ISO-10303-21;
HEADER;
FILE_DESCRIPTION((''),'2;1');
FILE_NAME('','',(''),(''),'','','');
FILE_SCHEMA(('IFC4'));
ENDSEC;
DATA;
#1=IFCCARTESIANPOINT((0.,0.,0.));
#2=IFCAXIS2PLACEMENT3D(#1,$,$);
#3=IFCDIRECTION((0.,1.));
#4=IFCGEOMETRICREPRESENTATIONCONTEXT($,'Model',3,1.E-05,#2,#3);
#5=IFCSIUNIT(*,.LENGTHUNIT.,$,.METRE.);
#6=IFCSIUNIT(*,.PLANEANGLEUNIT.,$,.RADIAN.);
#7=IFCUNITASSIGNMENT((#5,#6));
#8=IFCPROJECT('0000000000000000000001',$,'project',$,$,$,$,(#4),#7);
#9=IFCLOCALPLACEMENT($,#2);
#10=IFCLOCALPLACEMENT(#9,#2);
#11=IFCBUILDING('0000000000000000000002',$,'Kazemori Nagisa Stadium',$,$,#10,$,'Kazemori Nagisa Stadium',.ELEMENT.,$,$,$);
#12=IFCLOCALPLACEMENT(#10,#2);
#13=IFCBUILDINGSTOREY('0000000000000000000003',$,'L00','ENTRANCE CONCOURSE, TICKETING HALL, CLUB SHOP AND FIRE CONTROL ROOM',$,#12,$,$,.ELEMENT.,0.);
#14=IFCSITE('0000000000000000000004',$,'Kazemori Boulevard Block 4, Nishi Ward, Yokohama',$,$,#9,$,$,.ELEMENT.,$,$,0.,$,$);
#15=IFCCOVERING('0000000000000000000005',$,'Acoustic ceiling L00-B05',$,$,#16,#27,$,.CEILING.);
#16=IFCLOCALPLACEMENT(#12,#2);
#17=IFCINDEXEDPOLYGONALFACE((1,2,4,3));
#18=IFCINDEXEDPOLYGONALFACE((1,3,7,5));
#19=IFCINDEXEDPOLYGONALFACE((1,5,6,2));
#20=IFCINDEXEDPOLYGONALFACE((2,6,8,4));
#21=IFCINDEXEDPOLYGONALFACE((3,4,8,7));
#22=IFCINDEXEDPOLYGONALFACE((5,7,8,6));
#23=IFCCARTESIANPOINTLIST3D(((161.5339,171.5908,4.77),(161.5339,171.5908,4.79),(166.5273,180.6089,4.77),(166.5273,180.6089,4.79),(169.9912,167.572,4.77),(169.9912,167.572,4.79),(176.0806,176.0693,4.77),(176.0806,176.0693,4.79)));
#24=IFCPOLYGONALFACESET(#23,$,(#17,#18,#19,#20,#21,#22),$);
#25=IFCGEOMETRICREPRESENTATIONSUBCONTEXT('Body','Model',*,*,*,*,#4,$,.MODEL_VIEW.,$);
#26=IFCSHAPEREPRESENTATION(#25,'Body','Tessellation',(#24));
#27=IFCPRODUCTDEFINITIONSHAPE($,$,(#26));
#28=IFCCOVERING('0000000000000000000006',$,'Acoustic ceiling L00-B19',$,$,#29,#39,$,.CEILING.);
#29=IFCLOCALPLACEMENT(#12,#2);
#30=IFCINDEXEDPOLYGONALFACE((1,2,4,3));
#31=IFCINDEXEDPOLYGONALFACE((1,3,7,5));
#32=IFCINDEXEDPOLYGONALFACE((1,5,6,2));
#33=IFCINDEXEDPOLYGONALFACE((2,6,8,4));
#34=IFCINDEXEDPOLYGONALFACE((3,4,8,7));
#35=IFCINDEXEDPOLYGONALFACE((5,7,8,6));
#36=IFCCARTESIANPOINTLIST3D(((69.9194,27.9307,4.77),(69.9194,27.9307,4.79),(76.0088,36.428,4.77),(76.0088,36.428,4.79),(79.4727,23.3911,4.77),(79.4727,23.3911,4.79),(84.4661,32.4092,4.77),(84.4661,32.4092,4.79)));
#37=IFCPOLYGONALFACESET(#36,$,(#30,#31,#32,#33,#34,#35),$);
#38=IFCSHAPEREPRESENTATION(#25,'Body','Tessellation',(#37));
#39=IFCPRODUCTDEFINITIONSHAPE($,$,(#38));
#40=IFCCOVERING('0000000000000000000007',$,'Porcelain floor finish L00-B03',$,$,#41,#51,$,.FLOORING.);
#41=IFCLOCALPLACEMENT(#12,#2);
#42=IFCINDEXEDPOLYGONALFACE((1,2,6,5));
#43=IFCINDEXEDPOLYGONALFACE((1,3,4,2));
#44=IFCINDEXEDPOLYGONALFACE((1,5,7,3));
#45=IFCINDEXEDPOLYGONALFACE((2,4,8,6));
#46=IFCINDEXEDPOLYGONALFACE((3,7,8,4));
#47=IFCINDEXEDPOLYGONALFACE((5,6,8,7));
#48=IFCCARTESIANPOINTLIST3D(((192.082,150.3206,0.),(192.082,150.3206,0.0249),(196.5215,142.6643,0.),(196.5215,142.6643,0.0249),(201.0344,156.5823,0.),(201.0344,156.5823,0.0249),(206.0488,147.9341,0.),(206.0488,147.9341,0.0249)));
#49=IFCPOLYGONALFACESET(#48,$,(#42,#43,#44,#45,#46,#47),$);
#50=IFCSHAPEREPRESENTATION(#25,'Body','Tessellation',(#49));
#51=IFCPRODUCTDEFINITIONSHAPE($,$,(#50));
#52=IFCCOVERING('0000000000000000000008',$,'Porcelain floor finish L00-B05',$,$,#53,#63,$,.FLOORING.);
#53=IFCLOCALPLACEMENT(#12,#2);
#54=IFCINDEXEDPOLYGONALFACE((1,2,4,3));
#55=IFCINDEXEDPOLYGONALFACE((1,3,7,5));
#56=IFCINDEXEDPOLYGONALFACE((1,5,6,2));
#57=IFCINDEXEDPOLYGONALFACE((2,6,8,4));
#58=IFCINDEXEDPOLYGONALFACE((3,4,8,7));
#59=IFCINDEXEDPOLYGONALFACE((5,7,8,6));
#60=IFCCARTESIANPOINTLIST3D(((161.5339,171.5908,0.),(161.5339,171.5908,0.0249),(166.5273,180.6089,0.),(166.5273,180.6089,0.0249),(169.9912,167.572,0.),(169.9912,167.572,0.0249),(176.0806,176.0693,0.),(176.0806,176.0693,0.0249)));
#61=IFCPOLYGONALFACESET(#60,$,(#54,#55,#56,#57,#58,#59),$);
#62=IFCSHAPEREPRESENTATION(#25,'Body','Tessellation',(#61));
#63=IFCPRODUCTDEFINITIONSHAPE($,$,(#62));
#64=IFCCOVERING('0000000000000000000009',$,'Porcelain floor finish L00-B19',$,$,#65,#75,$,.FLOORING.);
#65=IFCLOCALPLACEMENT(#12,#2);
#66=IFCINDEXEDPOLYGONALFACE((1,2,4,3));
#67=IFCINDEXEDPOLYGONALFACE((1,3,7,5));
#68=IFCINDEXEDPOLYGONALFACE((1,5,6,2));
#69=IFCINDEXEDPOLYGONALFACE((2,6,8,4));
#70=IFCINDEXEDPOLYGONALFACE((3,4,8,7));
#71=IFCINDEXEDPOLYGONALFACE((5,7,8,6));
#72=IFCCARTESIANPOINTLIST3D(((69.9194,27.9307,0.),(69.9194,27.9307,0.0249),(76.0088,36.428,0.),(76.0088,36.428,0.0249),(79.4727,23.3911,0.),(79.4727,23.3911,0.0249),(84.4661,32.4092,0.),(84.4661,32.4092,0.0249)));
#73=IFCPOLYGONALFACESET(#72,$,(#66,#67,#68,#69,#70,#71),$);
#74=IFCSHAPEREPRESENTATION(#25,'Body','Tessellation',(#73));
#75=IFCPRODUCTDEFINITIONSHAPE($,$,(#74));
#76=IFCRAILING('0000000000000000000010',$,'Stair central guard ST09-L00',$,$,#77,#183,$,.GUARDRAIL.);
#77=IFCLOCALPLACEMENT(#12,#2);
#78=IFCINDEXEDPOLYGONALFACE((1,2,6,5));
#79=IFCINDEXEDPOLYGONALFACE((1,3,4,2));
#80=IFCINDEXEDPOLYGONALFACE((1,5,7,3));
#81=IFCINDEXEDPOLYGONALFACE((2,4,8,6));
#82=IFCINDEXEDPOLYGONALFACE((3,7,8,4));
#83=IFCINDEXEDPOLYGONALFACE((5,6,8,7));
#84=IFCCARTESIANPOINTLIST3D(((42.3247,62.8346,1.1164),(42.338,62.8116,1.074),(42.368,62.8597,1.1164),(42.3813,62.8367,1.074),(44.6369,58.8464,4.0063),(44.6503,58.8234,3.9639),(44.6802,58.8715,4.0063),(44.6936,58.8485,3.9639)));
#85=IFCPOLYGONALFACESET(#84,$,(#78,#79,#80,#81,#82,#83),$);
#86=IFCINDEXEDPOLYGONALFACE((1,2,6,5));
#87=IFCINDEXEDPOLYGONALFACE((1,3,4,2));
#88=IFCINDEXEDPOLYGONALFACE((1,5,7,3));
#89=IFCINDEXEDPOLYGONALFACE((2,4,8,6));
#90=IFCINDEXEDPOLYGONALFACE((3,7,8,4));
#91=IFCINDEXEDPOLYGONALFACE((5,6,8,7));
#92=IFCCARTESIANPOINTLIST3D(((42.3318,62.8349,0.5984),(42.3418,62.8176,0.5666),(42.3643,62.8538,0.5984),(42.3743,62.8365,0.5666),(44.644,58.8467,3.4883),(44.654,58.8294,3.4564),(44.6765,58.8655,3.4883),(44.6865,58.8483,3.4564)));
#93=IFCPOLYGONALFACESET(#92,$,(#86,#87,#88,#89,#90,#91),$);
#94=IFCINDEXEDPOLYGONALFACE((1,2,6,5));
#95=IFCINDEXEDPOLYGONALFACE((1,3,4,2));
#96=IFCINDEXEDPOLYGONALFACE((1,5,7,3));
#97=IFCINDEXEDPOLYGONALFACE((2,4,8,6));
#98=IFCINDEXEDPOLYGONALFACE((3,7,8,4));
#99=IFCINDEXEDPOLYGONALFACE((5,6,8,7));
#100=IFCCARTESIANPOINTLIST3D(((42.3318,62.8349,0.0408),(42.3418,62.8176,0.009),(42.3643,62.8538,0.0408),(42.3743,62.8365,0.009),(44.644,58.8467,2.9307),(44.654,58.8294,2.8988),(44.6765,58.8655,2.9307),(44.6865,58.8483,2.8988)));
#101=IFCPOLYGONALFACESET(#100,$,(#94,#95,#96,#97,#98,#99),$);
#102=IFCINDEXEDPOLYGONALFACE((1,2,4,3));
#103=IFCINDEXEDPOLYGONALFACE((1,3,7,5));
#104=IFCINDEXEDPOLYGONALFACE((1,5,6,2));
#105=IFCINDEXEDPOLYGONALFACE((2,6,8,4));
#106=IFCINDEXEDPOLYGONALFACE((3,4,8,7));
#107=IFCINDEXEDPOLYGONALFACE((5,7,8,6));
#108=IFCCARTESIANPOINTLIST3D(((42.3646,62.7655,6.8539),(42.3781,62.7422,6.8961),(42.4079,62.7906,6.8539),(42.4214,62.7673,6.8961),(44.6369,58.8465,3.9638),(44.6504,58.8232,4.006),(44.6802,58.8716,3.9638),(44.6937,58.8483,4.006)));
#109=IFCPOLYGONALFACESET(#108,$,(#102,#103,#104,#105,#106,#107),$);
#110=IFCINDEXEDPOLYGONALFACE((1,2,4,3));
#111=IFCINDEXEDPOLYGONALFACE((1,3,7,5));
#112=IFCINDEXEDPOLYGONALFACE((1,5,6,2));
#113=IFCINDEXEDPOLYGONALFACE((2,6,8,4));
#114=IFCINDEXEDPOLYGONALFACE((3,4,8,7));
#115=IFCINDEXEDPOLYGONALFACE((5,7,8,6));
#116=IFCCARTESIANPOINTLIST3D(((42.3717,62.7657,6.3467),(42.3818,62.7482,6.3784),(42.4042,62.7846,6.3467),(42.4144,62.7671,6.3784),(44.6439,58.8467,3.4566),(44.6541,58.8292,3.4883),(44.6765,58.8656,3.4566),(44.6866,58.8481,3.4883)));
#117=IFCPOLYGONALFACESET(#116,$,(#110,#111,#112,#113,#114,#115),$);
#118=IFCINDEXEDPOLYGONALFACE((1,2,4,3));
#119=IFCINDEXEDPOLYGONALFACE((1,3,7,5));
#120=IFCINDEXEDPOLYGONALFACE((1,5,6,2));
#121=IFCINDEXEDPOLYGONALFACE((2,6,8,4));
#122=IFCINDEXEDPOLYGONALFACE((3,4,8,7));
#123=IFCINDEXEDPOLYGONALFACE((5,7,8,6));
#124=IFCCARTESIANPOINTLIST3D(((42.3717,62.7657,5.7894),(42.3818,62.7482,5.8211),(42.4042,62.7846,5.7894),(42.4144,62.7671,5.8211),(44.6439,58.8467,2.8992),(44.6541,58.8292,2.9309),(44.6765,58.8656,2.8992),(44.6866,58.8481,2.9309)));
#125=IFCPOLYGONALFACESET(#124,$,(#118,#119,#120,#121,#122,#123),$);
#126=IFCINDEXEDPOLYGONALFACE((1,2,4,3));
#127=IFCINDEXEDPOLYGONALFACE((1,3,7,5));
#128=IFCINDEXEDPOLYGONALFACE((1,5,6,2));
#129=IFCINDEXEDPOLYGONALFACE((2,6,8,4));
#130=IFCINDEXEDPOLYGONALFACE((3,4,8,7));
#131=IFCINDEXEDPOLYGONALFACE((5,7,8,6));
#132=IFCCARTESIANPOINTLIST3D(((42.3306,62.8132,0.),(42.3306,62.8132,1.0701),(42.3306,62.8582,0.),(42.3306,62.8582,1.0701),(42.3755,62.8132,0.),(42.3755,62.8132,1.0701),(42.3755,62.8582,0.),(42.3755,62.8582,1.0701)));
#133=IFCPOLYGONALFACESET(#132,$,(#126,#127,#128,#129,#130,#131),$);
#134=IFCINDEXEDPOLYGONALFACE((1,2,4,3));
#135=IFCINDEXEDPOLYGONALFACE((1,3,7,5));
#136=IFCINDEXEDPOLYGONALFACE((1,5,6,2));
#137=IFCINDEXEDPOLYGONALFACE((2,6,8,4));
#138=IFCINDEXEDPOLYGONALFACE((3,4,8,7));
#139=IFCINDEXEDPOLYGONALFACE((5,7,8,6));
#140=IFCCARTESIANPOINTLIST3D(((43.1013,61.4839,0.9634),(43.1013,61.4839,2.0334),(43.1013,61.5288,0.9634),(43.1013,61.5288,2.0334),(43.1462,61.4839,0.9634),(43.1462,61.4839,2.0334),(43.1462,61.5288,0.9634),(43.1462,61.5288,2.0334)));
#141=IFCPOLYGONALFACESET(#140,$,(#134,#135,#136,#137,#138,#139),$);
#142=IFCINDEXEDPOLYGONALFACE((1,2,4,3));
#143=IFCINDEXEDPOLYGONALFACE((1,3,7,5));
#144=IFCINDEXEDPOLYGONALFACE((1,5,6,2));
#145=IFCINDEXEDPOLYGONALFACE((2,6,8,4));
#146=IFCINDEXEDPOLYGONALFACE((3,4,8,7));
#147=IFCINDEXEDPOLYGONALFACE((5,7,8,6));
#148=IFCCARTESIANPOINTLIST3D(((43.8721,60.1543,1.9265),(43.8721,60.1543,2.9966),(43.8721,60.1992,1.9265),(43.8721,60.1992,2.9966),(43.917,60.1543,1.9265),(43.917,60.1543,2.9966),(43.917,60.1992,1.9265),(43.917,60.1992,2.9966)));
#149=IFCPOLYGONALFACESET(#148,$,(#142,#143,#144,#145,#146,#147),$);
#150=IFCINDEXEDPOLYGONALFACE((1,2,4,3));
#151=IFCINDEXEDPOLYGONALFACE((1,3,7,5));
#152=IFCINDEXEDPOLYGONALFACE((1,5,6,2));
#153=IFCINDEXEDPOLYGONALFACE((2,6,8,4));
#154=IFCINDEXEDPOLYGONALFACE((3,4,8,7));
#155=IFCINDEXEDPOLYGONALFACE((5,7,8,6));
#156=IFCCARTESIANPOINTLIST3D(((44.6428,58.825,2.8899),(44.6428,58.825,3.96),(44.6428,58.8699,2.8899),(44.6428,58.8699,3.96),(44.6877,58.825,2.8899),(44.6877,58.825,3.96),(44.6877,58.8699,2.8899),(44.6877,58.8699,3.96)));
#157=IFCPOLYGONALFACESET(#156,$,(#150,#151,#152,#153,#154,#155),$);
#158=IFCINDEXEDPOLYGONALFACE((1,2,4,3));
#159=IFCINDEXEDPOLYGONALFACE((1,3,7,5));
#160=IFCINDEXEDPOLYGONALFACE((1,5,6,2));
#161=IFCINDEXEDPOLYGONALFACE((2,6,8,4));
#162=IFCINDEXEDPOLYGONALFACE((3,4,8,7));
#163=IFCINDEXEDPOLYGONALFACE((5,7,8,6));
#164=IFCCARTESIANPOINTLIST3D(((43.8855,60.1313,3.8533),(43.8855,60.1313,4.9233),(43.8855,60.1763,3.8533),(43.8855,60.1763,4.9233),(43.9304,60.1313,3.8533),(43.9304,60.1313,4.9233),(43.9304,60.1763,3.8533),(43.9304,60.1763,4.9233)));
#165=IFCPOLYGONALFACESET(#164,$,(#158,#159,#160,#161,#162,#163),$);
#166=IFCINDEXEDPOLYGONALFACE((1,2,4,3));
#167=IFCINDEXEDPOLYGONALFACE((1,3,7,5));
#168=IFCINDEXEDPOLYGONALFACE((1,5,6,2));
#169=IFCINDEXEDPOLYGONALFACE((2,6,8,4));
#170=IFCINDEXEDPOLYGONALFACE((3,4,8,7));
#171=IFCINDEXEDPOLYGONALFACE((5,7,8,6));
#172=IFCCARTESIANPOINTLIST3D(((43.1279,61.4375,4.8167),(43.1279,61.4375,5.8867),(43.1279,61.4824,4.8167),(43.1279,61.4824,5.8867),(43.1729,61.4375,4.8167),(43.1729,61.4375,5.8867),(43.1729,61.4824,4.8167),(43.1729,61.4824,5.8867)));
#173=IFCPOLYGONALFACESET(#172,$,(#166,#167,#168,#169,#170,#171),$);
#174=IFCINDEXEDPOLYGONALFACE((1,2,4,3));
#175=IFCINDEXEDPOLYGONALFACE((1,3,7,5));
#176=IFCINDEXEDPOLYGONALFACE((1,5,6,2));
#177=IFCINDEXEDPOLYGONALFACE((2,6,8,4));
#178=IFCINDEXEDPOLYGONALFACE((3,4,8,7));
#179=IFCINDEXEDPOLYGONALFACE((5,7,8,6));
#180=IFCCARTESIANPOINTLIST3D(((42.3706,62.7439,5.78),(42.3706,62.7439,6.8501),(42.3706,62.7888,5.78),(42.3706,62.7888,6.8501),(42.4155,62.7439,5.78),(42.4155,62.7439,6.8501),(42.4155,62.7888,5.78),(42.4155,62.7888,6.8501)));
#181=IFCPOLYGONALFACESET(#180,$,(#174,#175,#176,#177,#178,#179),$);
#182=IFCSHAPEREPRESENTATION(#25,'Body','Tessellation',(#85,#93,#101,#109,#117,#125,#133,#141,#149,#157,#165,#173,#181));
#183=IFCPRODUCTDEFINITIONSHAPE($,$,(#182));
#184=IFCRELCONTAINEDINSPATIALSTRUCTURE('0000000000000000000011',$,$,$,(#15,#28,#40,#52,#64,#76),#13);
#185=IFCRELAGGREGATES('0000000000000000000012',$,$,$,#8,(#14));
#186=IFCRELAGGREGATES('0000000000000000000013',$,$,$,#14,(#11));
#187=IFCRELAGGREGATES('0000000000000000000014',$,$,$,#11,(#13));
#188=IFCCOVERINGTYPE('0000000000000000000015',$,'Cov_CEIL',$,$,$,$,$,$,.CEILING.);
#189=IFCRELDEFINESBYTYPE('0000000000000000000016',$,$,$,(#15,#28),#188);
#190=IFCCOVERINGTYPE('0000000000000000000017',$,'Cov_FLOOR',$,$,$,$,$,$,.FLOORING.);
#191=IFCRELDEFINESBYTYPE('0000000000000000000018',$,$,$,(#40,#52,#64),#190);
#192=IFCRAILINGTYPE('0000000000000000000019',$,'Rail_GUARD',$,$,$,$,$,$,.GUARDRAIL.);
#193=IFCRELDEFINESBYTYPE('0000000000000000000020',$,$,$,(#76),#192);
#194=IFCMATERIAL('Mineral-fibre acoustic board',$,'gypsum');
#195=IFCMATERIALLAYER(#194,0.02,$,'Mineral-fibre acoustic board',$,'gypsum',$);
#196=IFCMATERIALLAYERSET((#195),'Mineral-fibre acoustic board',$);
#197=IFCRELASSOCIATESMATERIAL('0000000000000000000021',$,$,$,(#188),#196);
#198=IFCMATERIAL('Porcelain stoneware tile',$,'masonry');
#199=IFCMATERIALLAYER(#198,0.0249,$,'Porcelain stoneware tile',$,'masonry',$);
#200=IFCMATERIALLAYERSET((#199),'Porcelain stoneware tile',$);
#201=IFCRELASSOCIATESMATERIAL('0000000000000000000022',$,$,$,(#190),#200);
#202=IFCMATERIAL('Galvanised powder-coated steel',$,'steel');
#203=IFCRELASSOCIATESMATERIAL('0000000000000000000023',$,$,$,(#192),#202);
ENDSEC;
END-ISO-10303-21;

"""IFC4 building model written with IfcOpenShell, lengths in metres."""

from ifc_helpers import new_model, si_unit, direction, frame, origin, origin_2d, place, context, subcontext, project, spatial, polyline, rectangle, outline, extrude, material, layer, layer_set, type_object, element, save


model = new_model("IFC4")

# Units and contexts
model_context = context("Model", 3, precision=1e-05, world=origin(), true_north=direction((0.0, 1.0)))
body_context = subcontext(model_context, "Body", "Model", "MODEL_VIEW")
ifc_project = project(units=[si_unit("LENGTHUNIT", "METRE"), si_unit("PLANEANGLEUNIT", "RADIAN")], contexts=[model_context])

# Site, building, storey
site_placement = place(None, origin())
site = spatial("IfcSite", under=ifc_project, at=site_placement, Name="Kazemori Boulevard Block 4, Nishi Ward, Yokohama", CompositionType="ELEMENT", RefElevation=0.0)
building_placement = place(site_placement, origin())
building = spatial("IfcBuilding", under=site, at=building_placement, Name="Kazemori Nagisa Stadium", LongName="Kazemori Nagisa Stadium", CompositionType="ELEMENT")
storey_placement = place(building_placement, origin())
storey = spatial("IfcBuildingStorey", under=building, at=storey_placement, Name="L00", Description="ENTRANCE CONCOURSE, TICKETING HALL, CLUB SHOP AND FIRE CONTROL ROOM", CompositionType="ELEMENT", Elevation=0.0)

# Coverings
ifc_material_1 = material(Name="Mineral-fibre acoustic board", Category="gypsum")
ifc_layer_1 = layer(ifc_material_1, 0.02, Name="Mineral-fibre acoustic board", Category="gypsum")
ifc_layer_set_1 = layer_set([ifc_layer_1], Name="Mineral-fibre acoustic board")
covering_type_1 = type_object("IfcCoveringType", Name="Cov_CEIL", PredefinedType="CEILING", material=ifc_layer_set_1)
covering_1_placement = place(storey_placement, frame((0.0, 0.0, 4.77)))
element("IfcCovering", 1, at=covering_1_placement, inside=storey, type_object=covering_type_1, Name="Acoustic ceiling L00-B05", PredefinedType="CEILING", context=body_context, shape_type="SweptSolid", body=[
    extrude(outline(polyline([(169.9912, 167.572), (161.5339, 171.5908), (166.5273, 180.6089), (176.0806, 176.0693), (169.9912, 167.572)])), origin(), (0.0, 0.0, 1.0), 0.02),
])
covering_2_placement = place(storey_placement, frame((0.0, 0.0, 4.77)))
element("IfcCovering", 2, at=covering_2_placement, inside=storey, type_object=covering_type_1, Name="Acoustic ceiling L00-B19", PredefinedType="CEILING", context=body_context, shape_type="SweptSolid", body=[
    extrude(outline(polyline([(76.0088, 36.428), (84.4661, 32.4092), (79.4727, 23.3911), (69.9194, 27.9307), (76.0088, 36.428)])), origin(), (0.0, 0.0, 1.0), 0.02),
])
ifc_material_2 = material(Name="Porcelain stoneware tile", Category="masonry")
ifc_layer_2 = layer(ifc_material_2, 0.0249, Name="Porcelain stoneware tile", Category="masonry")
ifc_layer_set_2 = layer_set([ifc_layer_2], Name="Porcelain stoneware tile")
covering_type_2 = type_object("IfcCoveringType", Name="Cov_FLOOR", PredefinedType="FLOORING", material=ifc_layer_set_2)
covering_3_placement = place(storey_placement, origin())
element("IfcCovering", 3, at=covering_3_placement, inside=storey, type_object=covering_type_2, Name="Porcelain floor finish L00-B03", PredefinedType="FLOORING", context=body_context, shape_type="SweptSolid", body=[
    extrude(outline(polyline([(196.5215, 142.6643), (192.082, 150.3206), (201.0344, 156.5823), (206.0488, 147.9341), (196.5215, 142.6643)])), origin(), (0.0, 0.0, 1.0), 0.0249),
])
covering_4_placement = place(storey_placement, origin())
element("IfcCovering", 4, at=covering_4_placement, inside=storey, type_object=covering_type_2, Name="Porcelain floor finish L00-B05", PredefinedType="FLOORING", context=body_context, shape_type="SweptSolid", body=[
    extrude(outline(polyline([(169.9912, 167.572), (161.5339, 171.5908), (166.5273, 180.6089), (176.0806, 176.0693), (169.9912, 167.572)])), origin(), (0.0, 0.0, 1.0), 0.0249),
])
covering_5_placement = place(storey_placement, origin())
element("IfcCovering", 5, at=covering_5_placement, inside=storey, type_object=covering_type_2, Name="Porcelain floor finish L00-B19", PredefinedType="FLOORING", context=body_context, shape_type="SweptSolid", body=[
    extrude(outline(polyline([(76.0088, 36.428), (84.4661, 32.4092), (79.4727, 23.3911), (69.9194, 27.9307), (76.0088, 36.428)])), origin(), (0.0, 0.0, 1.0), 0.0249),
])

# Railing
ifc_material_3 = material(Name="Galvanised powder-coated steel", Category="steel")
railing_type_1 = type_object("IfcRailingType", Name="Rail_GUARD", PredefinedType="GUARDRAIL", material=ifc_material_3)
railing_1_placement = place(storey_placement, frame((42.353, 62.8357, 0.0)))
element("IfcRailing", 6, at=railing_1_placement, inside=storey, type_object=railing_type_1, Name="Stair central guard ST09-L00", PredefinedType="GUARDRAIL", context=body_context, shape_type="SweptSolid", body=[
    extrude(rectangle(XDim=0.05, YDim=0.05, at=origin_2d()), frame((0.0, 0.0, 1.0952), z_axis=(0.42497, -0.733006, 0.531133), x_axis=(0.86512, 0.501564, 0.0)), (0.0, 0.0, 1.0), 5.4409),
    extrude(rectangle(XDim=0.0376, YDim=0.0376, at=origin_2d()), frame((0.0, 0.0, 0.5825), z_axis=(0.42497, -0.733006, 0.531133), x_axis=(0.86512, 0.501564, 0.0)), (0.0, 0.0, 1.0), 5.4409),
    extrude(rectangle(XDim=0.0376, YDim=0.0376, at=origin_2d()), frame((0.0, 0.0, 0.0249), z_axis=(0.42497, -0.733006, 0.531133), x_axis=(0.86512, 0.501564, 0.0)), (0.0, 0.0, 1.0), 5.4409),
    extrude(rectangle(XDim=0.05, YDim=0.05, at=origin_2d()), frame((2.3123, -3.9883, 3.9849), z_axis=(-0.42286, 0.729316, 0.537855), x_axis=(-0.865105, -0.501591, 0.0)), (0.0, 0.0, 1.0), 5.3735),
    extrude(rectangle(XDim=0.0376, YDim=0.0376, at=origin_2d()), frame((2.3123, -3.9883, 3.4724), z_axis=(-0.42286, 0.729316, 0.537855), x_axis=(-0.865105, -0.501591, 0.0)), (0.0, 0.0, 1.0), 5.3735),
    extrude(rectangle(XDim=0.0376, YDim=0.0376, at=origin_2d()), frame((2.3123, -3.9883, 2.915), z_axis=(-0.42286, 0.729316, 0.537855), x_axis=(-0.865105, -0.501591, 0.0)), (0.0, 0.0, 1.0), 5.3735),
    extrude(rectangle(XDim=0.0449, YDim=0.0449, at=origin_2d()), origin(), (0.0, 0.0, 1.0), 1.0701),
    extrude(rectangle(XDim=0.0449, YDim=0.0449, at=origin_2d()), frame((0.7708, -1.3293, 0.9634)), (0.0, 0.0, 1.0), 1.0701),
    extrude(rectangle(XDim=0.0449, YDim=0.0449, at=origin_2d()), frame((1.5415, -2.6589, 1.9265)), (0.0, 0.0, 1.0), 1.0701),
    extrude(rectangle(XDim=0.0449, YDim=0.0449, at=origin_2d()), frame((2.3123, -3.9883, 2.8899)), (0.0, 0.0, 1.0), 1.0701),
    extrude(rectangle(XDim=0.0449, YDim=0.0449, at=origin_2d()), frame((1.5549, -2.6819, 3.8533)), (0.0, 0.0, 1.0), 1.0701),
    extrude(rectangle(XDim=0.0449, YDim=0.0449, at=origin_2d()), frame((0.7974, -1.3757, 4.8167)), (0.0, 0.0, 1.0), 1.0701),
    extrude(rectangle(XDim=0.0449, YDim=0.0449, at=origin_2d()), frame((0.04, -0.0693, 5.78)), (0.0, 0.0, 1.0), 1.0701),
])

save(model, "model.ifc")
